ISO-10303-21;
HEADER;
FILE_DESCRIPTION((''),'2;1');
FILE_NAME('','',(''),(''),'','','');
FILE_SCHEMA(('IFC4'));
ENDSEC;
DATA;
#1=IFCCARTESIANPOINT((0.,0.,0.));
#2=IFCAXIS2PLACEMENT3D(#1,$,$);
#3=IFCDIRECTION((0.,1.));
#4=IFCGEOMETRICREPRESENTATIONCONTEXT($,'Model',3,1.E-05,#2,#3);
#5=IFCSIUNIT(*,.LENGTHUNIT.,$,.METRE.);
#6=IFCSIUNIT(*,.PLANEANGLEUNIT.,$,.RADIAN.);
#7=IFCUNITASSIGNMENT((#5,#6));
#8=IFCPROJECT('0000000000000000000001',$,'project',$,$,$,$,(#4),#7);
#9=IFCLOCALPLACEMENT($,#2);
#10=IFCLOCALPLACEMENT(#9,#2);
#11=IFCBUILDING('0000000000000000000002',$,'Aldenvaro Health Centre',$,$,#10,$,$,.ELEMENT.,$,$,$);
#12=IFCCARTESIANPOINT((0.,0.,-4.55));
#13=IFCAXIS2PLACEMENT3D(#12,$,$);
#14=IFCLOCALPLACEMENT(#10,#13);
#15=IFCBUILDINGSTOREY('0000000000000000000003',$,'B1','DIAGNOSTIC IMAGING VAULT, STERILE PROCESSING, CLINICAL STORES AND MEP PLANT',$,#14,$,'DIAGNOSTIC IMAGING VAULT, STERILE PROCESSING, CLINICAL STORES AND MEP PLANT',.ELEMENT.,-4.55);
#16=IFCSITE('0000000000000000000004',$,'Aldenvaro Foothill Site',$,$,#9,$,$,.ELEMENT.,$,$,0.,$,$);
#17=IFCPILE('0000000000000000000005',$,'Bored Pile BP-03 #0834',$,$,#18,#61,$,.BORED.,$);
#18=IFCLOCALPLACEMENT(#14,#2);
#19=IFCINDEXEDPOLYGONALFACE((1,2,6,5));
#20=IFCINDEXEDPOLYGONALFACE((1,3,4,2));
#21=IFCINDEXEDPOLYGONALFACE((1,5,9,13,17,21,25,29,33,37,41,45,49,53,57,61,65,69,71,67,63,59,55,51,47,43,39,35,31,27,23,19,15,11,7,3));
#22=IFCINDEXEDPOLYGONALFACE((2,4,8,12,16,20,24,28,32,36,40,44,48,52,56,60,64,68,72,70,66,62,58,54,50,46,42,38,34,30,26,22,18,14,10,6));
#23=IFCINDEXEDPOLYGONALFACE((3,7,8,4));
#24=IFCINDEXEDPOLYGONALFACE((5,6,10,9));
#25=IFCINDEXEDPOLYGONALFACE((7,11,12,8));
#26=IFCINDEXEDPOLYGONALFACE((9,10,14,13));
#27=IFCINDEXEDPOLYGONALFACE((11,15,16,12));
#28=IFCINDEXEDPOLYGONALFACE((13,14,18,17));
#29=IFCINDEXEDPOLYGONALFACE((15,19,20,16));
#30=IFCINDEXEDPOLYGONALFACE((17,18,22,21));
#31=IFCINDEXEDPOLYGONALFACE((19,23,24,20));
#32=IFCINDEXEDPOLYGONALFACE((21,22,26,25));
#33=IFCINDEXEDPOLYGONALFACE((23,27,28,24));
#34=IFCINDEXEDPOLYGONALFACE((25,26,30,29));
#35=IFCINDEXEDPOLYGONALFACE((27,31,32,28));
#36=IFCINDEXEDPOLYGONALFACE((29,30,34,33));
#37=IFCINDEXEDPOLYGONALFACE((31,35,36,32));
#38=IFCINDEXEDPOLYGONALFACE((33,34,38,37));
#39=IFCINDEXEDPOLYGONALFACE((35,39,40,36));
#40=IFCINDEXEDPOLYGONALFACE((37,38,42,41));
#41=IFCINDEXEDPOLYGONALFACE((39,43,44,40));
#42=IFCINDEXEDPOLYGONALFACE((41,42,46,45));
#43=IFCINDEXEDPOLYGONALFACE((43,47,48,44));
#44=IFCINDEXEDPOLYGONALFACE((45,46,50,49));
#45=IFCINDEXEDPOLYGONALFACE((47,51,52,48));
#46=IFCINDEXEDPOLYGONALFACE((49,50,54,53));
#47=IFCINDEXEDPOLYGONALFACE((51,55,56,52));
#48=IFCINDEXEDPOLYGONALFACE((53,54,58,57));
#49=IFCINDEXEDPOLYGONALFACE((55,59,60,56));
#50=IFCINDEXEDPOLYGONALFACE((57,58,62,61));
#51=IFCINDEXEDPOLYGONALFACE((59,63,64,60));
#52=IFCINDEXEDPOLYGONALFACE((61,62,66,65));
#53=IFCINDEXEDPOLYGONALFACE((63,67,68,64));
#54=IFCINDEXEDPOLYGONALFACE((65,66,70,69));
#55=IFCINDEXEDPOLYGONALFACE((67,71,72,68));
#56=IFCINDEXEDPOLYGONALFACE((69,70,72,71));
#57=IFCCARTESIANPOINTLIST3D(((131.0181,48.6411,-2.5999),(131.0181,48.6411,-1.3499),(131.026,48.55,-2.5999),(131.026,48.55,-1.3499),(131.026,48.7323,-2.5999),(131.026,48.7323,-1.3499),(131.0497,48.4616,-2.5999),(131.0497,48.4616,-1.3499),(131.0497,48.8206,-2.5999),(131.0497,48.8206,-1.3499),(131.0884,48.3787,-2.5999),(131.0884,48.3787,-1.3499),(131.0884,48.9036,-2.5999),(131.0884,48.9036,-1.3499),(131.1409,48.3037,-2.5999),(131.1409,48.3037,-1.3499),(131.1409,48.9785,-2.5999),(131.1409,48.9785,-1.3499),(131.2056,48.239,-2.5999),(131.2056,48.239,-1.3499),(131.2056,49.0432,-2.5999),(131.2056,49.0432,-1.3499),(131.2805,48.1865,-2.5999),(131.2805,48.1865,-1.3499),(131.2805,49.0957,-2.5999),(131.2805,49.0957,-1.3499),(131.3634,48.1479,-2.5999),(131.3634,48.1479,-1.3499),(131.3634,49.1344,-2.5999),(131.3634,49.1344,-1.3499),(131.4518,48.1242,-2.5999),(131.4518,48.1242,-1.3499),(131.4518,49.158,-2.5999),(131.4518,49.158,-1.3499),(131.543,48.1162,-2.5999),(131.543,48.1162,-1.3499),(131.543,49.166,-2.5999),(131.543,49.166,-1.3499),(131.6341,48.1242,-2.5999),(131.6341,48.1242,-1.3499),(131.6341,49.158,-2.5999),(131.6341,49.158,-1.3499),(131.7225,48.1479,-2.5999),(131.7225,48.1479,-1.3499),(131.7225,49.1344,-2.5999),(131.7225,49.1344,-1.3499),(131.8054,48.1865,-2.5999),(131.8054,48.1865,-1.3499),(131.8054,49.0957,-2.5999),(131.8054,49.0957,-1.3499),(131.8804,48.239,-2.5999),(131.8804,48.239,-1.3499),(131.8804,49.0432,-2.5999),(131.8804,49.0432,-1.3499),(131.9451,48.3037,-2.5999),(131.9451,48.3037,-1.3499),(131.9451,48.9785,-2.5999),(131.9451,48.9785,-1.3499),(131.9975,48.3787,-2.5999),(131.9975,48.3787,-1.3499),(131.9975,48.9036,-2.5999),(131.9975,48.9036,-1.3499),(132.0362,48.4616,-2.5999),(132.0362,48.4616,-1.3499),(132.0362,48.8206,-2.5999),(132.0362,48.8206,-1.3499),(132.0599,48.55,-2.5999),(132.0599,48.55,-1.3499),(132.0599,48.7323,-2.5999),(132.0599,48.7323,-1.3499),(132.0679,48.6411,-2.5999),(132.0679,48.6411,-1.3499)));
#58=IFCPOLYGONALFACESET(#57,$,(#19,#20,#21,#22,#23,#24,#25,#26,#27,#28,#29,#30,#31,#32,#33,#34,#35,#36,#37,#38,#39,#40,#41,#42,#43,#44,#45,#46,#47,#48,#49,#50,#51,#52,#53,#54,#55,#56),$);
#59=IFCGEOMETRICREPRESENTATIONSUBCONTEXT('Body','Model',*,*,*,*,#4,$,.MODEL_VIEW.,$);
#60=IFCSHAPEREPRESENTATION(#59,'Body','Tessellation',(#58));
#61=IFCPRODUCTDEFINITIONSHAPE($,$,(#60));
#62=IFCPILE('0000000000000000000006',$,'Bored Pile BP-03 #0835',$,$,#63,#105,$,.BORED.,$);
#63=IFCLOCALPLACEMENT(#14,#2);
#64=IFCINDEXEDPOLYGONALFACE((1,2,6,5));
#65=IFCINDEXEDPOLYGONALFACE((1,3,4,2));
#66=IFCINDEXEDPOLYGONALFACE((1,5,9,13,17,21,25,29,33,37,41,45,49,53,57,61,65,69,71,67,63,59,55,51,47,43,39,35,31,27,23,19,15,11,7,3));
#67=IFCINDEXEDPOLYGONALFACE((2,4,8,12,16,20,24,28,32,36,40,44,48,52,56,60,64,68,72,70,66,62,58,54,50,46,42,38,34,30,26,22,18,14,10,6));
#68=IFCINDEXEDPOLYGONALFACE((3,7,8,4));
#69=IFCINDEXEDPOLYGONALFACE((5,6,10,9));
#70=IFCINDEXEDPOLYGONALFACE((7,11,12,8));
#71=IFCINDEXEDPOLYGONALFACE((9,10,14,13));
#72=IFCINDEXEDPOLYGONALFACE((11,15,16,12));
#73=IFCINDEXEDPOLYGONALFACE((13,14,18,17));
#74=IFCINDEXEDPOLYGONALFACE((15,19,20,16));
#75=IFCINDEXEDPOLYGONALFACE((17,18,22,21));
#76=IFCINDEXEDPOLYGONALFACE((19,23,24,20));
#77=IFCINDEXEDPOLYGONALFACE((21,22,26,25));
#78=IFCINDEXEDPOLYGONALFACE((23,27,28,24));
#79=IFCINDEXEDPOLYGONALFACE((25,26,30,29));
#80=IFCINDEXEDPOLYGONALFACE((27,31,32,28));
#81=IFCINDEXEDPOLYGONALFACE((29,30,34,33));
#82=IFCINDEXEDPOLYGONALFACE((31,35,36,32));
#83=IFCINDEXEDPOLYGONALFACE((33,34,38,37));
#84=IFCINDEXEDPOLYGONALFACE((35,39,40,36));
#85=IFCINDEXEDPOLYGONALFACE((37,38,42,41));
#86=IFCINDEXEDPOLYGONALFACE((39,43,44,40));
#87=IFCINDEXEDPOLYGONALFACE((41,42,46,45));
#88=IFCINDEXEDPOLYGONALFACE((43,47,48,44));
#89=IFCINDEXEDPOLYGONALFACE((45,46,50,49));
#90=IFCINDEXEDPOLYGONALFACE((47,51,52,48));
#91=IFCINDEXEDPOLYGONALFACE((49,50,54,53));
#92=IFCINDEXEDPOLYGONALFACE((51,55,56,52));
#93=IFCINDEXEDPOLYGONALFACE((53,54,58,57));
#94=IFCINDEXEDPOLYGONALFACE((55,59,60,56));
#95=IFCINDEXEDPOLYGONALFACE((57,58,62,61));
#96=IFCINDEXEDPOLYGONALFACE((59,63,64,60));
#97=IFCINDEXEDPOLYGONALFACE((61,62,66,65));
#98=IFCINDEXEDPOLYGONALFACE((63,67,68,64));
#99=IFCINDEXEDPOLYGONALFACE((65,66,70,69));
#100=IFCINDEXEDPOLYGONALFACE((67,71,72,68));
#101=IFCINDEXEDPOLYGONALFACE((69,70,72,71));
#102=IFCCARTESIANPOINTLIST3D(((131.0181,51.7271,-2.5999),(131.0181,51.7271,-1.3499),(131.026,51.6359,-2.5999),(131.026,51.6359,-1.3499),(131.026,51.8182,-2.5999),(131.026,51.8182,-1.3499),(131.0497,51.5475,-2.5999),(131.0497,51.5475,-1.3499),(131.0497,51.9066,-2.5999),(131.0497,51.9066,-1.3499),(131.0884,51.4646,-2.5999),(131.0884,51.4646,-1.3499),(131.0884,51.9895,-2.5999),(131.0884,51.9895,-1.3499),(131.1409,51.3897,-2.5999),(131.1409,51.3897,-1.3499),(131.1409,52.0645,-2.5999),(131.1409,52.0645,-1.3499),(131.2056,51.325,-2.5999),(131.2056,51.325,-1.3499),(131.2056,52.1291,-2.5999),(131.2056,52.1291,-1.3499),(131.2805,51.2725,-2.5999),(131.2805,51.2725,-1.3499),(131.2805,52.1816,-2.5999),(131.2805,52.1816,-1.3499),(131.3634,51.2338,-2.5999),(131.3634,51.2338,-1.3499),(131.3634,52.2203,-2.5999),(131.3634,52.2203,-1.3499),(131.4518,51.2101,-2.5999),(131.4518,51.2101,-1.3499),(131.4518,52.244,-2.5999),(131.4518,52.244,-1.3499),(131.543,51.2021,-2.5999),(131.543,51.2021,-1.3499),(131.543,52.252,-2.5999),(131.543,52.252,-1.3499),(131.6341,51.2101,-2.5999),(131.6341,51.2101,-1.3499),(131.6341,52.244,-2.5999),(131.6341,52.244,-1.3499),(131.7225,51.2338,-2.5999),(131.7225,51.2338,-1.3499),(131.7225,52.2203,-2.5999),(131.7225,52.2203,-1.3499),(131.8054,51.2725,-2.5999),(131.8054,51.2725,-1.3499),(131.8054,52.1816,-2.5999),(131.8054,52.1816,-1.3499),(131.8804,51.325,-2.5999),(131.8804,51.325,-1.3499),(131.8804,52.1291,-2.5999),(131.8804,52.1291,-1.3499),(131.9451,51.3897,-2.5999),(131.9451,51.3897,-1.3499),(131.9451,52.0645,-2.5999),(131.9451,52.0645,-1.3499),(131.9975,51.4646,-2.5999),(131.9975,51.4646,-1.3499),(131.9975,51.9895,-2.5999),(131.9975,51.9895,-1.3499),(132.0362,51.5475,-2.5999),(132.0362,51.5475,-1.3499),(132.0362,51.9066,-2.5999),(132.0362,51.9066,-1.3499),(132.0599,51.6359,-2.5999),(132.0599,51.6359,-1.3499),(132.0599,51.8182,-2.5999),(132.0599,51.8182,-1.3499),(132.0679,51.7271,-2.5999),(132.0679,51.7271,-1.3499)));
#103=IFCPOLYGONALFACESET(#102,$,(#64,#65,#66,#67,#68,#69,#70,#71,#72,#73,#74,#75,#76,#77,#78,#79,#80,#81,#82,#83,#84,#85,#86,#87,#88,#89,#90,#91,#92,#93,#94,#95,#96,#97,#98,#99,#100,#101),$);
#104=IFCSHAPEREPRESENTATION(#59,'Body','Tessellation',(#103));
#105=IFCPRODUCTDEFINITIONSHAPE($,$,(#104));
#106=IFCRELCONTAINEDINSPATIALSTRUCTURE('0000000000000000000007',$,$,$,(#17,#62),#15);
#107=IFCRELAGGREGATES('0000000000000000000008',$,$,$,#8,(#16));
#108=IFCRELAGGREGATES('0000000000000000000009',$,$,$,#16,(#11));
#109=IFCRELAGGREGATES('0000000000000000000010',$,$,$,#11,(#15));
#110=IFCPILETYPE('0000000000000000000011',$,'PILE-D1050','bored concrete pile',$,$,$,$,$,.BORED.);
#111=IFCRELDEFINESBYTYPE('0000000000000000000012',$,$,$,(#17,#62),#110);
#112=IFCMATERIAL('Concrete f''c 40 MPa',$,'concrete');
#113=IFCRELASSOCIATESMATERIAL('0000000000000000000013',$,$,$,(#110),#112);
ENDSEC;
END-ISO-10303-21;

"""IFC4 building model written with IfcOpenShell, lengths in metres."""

from ifc_helpers import new_model, si_unit, direction, frame, origin, origin_2d, place, context, subcontext, project, spatial, circle, extrude, material, material_profile, profile_set, type_object, element, save


model = new_model("IFC4")

# Units and contexts
model_context = context("Model", 3, precision=1e-05, world=origin(), true_north=direction((0.0, 1.0)))
body_context = subcontext(model_context, "Body", "Model", "MODEL_VIEW")
ifc_project = project(units=[si_unit("LENGTHUNIT", "METRE"), si_unit("PLANEANGLEUNIT", "RADIAN")], contexts=[model_context])

# Site, building, storey
site_placement = place(None, origin())
site = spatial("IfcSite", under=ifc_project, at=site_placement, Name="Aldenvaro Foothill Site", CompositionType="ELEMENT", RefElevation=0.0)
building_placement = place(site_placement, origin())
building = spatial("IfcBuilding", under=site, at=building_placement, Name="Aldenvaro Health Centre", CompositionType="ELEMENT")
storey_placement = place(building_placement, frame((0.0, 0.0, -4.55)))
storey = spatial("IfcBuildingStorey", under=building, at=storey_placement, Name="B1", Description="DIAGNOSTIC IMAGING VAULT, STERILE PROCESSING, CLINICAL STORES AND MEP PLANT", LongName="DIAGNOSTIC IMAGING VAULT, STERILE PROCESSING, CLINICAL STORES AND MEP PLANT", CompositionType="ELEMENT", Elevation=-4.55)

# Piles
ifc_material = material(Name="Concrete f'c 40 MPa", Category="concrete")
ifc_material_profile = material_profile(ifc_material, circle(Radius=0.5249, at=origin_2d()), Name="PILE D1050", Category="concrete")
ifc_profile_set = profile_set([ifc_material_profile], Name="Concrete f'c 40 MPa")
pile_type = type_object("IfcPileType", Name="PILE-D1050", Description="bored concrete pile", PredefinedType="BORED", material=ifc_profile_set)
for number, where, z_axis, x_axis, name in (
    (1, (131.543, 48.6411, -1.3499), (0.0, 0.0, -1.0), (1.0, 0.0, 0.0), "Bored Pile BP-03 #0834"),
    (2, (131.543, 51.7271, -1.3499), (0.0, 0.0, -1.0), (1.0, 0.0, 0.0), "Bored Pile BP-03 #0835"),
):
    element("IfcPile", number, at=place(storey_placement, frame(where, z_axis=z_axis, x_axis=x_axis)), inside=storey, type_object=pile_type, Name=name, PredefinedType="BORED", context=body_context, shape_type="SweptSolid", body=[
        extrude(circle(Radius=0.5249, at=origin_2d()), origin(), (0.0, 0.0, 1.0), 1.25),
    ])

save(model, "model.ifc")
